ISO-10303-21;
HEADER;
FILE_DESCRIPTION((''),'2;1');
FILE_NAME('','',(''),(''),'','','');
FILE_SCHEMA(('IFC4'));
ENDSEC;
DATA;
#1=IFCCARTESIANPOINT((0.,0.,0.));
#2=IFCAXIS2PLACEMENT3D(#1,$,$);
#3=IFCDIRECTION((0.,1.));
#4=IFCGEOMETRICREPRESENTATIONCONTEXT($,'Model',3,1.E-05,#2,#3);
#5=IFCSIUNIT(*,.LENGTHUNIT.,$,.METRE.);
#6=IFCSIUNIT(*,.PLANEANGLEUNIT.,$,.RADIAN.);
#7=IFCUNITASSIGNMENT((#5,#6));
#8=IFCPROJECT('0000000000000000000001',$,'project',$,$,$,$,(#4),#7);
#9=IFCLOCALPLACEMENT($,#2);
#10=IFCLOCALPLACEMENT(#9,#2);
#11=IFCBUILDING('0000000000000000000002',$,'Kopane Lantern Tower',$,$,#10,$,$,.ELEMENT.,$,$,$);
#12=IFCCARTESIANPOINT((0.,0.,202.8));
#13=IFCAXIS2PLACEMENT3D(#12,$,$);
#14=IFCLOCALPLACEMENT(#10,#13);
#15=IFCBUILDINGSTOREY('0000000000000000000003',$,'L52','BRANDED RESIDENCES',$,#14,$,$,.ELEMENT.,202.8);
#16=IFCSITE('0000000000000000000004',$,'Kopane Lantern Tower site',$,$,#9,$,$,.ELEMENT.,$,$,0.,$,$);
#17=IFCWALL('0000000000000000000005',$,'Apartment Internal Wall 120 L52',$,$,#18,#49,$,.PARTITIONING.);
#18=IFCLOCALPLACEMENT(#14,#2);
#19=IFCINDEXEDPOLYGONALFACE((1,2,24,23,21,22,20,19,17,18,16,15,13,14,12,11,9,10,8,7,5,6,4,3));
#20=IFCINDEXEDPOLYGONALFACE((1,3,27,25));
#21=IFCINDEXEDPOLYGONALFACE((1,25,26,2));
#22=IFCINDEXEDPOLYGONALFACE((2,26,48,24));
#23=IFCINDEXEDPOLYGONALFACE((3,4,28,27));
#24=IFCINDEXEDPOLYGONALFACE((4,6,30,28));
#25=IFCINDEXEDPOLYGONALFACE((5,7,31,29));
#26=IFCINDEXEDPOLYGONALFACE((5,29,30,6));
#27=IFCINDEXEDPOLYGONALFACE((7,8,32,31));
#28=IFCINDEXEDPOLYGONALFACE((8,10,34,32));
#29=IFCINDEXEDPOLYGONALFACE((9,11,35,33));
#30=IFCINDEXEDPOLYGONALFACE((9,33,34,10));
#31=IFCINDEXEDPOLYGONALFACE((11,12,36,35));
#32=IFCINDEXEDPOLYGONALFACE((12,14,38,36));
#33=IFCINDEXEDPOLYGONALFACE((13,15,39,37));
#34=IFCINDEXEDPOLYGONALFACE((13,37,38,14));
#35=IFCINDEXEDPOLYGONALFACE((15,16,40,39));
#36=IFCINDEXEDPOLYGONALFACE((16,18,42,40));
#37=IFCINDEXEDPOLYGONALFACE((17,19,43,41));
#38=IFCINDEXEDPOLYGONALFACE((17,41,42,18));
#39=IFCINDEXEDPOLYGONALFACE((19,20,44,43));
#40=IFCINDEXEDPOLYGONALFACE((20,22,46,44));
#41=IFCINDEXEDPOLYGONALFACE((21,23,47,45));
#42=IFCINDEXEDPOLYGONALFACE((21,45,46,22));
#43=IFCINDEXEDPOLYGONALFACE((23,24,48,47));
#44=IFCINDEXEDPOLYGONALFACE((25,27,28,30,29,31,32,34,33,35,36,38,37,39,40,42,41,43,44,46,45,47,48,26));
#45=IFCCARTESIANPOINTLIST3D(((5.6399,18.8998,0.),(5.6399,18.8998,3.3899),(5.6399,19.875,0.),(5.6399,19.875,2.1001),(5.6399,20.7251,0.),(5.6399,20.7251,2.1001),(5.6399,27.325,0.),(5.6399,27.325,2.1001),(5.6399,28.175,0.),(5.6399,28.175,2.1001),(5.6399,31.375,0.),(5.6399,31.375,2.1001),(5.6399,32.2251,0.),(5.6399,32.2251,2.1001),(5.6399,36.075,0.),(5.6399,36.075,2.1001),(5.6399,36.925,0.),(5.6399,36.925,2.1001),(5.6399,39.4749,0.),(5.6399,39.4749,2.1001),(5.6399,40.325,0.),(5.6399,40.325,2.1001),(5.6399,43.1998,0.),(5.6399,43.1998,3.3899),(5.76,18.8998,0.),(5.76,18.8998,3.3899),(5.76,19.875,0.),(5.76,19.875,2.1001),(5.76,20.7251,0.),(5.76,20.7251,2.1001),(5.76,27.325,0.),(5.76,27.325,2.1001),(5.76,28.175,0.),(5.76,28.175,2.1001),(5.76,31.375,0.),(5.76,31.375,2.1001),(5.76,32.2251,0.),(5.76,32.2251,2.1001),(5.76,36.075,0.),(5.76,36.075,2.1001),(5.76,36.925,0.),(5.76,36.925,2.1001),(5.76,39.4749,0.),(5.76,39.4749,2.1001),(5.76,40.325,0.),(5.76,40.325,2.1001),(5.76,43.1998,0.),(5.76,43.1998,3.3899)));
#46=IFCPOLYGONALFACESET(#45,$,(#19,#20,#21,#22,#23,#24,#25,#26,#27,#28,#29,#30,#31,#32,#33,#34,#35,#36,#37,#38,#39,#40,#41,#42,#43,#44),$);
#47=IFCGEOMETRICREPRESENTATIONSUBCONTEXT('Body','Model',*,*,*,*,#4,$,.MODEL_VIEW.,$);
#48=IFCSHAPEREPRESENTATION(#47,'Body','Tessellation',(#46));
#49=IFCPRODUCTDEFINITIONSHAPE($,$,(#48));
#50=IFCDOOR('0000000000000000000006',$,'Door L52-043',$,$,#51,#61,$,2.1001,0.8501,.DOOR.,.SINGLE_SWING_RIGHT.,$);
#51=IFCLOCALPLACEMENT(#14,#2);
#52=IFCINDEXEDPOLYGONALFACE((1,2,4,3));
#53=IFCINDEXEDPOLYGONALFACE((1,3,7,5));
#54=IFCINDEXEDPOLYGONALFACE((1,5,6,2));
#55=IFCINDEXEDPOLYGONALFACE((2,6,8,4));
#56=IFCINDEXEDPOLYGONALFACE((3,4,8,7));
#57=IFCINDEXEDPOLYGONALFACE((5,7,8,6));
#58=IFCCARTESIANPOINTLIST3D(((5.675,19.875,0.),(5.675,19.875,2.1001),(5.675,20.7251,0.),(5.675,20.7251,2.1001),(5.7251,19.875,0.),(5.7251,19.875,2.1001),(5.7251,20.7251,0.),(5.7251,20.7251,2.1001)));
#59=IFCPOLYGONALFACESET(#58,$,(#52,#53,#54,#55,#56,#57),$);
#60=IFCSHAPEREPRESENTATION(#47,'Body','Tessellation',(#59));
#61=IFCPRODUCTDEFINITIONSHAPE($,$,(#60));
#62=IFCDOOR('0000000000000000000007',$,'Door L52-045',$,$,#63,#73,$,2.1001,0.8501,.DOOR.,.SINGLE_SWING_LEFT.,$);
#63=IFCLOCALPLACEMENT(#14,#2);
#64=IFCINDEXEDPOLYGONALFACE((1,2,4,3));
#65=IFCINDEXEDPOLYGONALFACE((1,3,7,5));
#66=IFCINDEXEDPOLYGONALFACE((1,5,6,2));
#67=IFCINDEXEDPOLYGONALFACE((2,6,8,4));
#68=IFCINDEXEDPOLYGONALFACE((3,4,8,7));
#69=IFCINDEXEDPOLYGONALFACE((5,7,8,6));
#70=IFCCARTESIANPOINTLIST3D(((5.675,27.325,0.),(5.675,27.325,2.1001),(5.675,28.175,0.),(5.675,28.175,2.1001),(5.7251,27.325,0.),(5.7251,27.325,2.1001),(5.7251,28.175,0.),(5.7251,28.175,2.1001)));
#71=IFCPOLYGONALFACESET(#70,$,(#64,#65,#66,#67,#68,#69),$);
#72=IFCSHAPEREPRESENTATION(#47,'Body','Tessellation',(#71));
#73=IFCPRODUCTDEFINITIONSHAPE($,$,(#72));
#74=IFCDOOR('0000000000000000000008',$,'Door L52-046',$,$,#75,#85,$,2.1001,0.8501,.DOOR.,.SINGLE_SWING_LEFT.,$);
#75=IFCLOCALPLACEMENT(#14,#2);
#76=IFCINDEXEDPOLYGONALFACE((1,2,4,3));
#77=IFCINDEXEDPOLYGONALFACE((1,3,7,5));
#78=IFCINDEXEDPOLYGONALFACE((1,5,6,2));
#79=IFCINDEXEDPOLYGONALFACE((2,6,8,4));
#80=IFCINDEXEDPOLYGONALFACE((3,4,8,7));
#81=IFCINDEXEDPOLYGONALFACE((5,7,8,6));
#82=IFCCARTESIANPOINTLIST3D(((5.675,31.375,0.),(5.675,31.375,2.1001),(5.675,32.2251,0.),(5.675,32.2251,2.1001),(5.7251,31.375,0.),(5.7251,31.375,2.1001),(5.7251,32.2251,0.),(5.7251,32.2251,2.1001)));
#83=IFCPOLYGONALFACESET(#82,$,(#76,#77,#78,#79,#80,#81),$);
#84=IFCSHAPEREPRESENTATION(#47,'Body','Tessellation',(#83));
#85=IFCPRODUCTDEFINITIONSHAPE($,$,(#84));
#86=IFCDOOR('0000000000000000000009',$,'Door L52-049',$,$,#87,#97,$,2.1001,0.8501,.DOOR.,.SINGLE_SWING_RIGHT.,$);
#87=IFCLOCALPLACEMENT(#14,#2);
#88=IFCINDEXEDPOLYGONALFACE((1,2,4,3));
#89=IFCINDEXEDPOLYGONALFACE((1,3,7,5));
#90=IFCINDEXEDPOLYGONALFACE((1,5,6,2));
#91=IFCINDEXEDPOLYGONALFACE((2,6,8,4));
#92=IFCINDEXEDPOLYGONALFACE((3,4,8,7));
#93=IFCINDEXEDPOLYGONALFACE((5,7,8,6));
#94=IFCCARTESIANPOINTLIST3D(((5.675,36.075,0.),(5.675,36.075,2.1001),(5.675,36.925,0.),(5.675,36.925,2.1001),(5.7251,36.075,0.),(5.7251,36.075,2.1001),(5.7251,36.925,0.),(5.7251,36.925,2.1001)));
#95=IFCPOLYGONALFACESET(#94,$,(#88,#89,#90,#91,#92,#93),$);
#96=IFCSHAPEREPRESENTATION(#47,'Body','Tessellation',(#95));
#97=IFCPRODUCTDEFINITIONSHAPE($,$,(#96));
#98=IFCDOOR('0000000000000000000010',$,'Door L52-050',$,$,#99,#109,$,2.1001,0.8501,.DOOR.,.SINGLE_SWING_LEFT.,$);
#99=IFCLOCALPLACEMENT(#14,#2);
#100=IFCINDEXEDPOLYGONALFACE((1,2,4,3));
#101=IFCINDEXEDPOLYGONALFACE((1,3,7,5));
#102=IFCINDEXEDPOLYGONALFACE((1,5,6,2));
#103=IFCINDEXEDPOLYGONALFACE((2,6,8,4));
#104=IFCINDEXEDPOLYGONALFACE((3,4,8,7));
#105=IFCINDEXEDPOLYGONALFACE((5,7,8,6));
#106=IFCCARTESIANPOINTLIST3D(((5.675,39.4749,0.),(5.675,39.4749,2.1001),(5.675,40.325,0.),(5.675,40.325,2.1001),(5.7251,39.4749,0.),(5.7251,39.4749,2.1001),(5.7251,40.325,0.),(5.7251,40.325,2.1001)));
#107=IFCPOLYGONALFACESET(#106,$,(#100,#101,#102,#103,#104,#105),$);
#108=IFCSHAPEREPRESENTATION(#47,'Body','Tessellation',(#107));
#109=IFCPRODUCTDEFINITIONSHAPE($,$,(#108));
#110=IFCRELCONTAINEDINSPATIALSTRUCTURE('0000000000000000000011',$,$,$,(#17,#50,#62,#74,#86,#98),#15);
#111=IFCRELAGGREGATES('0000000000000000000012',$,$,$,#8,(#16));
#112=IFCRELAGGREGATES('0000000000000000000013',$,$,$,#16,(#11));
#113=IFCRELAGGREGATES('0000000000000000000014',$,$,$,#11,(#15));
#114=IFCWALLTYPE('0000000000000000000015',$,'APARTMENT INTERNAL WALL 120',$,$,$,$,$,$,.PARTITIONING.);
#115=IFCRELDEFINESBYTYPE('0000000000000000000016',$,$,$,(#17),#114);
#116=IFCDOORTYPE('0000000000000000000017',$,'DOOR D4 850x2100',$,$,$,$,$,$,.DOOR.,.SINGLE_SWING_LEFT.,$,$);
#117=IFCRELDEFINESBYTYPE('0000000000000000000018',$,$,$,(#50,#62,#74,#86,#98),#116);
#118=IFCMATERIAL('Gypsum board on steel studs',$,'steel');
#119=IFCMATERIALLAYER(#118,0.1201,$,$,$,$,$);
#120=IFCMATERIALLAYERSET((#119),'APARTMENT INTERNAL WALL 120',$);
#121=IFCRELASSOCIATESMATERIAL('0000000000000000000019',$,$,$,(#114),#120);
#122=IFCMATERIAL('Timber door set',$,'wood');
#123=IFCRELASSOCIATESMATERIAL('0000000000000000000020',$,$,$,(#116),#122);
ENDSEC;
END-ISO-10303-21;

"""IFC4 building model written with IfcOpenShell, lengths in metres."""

from ifc_helpers import new_model, si_unit, direction, frame, frame_2d, origin, place, context, subcontext, project, spatial, rectangle, extrude, material, layer, layer_set, type_object, element, fill, save


model = new_model("IFC4")

# Units and contexts
model_context = context("Model", 3, precision=1e-05, world=origin(), true_north=direction((0.0, 1.0)))
body_context = subcontext(model_context, "Body", "Model", "MODEL_VIEW")
ifc_project = project(units=[si_unit("LENGTHUNIT", "METRE"), si_unit("PLANEANGLEUNIT", "RADIAN")], contexts=[model_context])

# Site, building, storey
site_placement = place(None, origin())
site = spatial("IfcSite", under=ifc_project, at=site_placement, Name="Kopane Lantern Tower site", CompositionType="ELEMENT", RefElevation=0.0)
building_placement = place(site_placement, origin())
building = spatial("IfcBuilding", under=site, at=building_placement, Name="Kopane Lantern Tower", CompositionType="ELEMENT")
storey_placement = place(building_placement, frame((0.0, 0.0, 202.8)))
storey = spatial("IfcBuildingStorey", under=building, at=storey_placement, Name="L52", Description="BRANDED RESIDENCES", CompositionType="ELEMENT", Elevation=202.8)

# Wall, openings, doors
ifc_material_1 = material(Name="Gypsum board on steel studs", Category="steel")
ifc_layer_1 = layer(ifc_material_1, 0.1201)
ifc_layer_set_1 = layer_set([ifc_layer_1], Name="APARTMENT INTERNAL WALL 120")
wall_type_1 = type_object("IfcWallType", Name="APARTMENT INTERNAL WALL 120", PredefinedType="PARTITIONING", material=ifc_layer_set_1)
wall_1_placement = place(storey_placement, frame((5.7, 18.8999, 0.0), z_axis=(0.0, 0.0, 1.0), x_axis=(0.0, 1.0, 0.0)))
wall_1 = element("IfcWall", 1, at=wall_1_placement, inside=storey, type_object=wall_type_1, Name="Apartment Internal Wall 120 L52", PredefinedType="PARTITIONING", context=body_context, shape_type="SweptSolid", body=[
    extrude(rectangle(XDim=24.3, YDim=0.1201, at=frame_2d((12.1499, 0.0))), origin(), (0.0, 0.0, 1.0), 3.3899),
])
opening_1_placement = place(wall_1_placement, frame((0.9751, 0.0, 0.0)))
opening_1 = element("IfcOpeningElement", 2, at=opening_1_placement, cuts=wall_1, PredefinedType="OPENING", context=body_context, shape_type="SweptSolid", body=[
    extrude(rectangle(XDim=0.8501, YDim=2.1001, at=frame_2d((0.425, 1.05))), frame((0.0, 0.0701, 0.0), z_axis=(0.0, -1.0, 0.0), x_axis=(1.0, 0.0, 0.0)), (0.0, 0.0, 1.0), 0.1401),
])
opening_2_placement = place(wall_1_placement, frame((8.425, 0.0, 0.0)))
opening_2 = element("IfcOpeningElement", 3, at=opening_2_placement, cuts=wall_1, PredefinedType="OPENING", context=body_context, shape_type="SweptSolid", body=[
    extrude(rectangle(XDim=0.8501, YDim=2.1001, at=frame_2d((0.425, 1.05))), frame((0.0, 0.0701, 0.0), z_axis=(0.0, -1.0, 0.0), x_axis=(1.0, 0.0, 0.0)), (0.0, 0.0, 1.0), 0.1401),
])
opening_3_placement = place(wall_1_placement, frame((12.4751, 0.0, 0.0)))
opening_3 = element("IfcOpeningElement", 4, at=opening_3_placement, cuts=wall_1, PredefinedType="OPENING", context=body_context, shape_type="SweptSolid", body=[
    extrude(rectangle(XDim=0.8501, YDim=2.1001, at=frame_2d((0.425, 1.05))), frame((0.0, 0.0701, 0.0), z_axis=(0.0, -1.0, 0.0), x_axis=(1.0, 0.0, 0.0)), (0.0, 0.0, 1.0), 0.1401),
])
opening_4_placement = place(wall_1_placement, frame((17.175, 0.0, 0.0)))
opening_4 = element("IfcOpeningElement", 5, at=opening_4_placement, cuts=wall_1, PredefinedType="OPENING", context=body_context, shape_type="SweptSolid", body=[
    extrude(rectangle(XDim=0.8501, YDim=2.1001, at=frame_2d((0.425, 1.05))), frame((0.0, 0.0701, 0.0), z_axis=(0.0, -1.0, 0.0), x_axis=(1.0, 0.0, 0.0)), (0.0, 0.0, 1.0), 0.1401),
])
opening_5_placement = place(wall_1_placement, frame((20.575, 0.0, 0.0)))
opening_5 = element("IfcOpeningElement", 6, at=opening_5_placement, cuts=wall_1, PredefinedType="OPENING", context=body_context, shape_type="SweptSolid", body=[
    extrude(rectangle(XDim=0.8501, YDim=2.1001, at=frame_2d((0.425, 1.05))), frame((0.0, 0.0701, 0.0), z_axis=(0.0, -1.0, 0.0), x_axis=(1.0, 0.0, 0.0)), (0.0, 0.0, 1.0), 0.1401),
])
ifc_material_2 = material(Name="Timber door set", Category="wood")
door_type = type_object("IfcDoorType", Name="DOOR D4 850x2100", OperationType="SINGLE_SWING_LEFT", PredefinedType="DOOR", material=ifc_material_2)
door_1_placement = place(opening_1_placement, origin())
door_1 = element("IfcDoor", 7, at=door_1_placement, inside=storey, type_object=door_type, Name="Door L52-043", OperationType="SINGLE_SWING_RIGHT", OverallHeight=2.1001, OverallWidth=0.8501, PredefinedType="DOOR", context=body_context, shape_type="SweptSolid", body=[
    extrude(rectangle(XDim=0.8501, YDim=2.1001, at=frame_2d((0.425, 1.05))), frame((0.0, 0.0249, 0.0), z_axis=(0.0, -1.0, 0.0), x_axis=(1.0, 0.0, 0.0)), (0.0, 0.0, 1.0), 0.05),
])
fill(opening_1, door_1)
door_2_placement = place(opening_2_placement, origin())
door_2 = element("IfcDoor", 8, at=door_2_placement, inside=storey, type_object=door_type, Name="Door L52-045", OperationType="SINGLE_SWING_LEFT", OverallHeight=2.1001, OverallWidth=0.8501, PredefinedType="DOOR", context=body_context, shape_type="SweptSolid", body=[
    extrude(rectangle(XDim=0.8501, YDim=2.1001, at=frame_2d((0.425, 1.05))), frame((0.0, 0.0249, 0.0), z_axis=(0.0, -1.0, 0.0), x_axis=(1.0, 0.0, 0.0)), (0.0, 0.0, 1.0), 0.05),
])
fill(opening_2, door_2)
door_3_placement = place(opening_3_placement, origin())
door_3 = element("IfcDoor", 9, at=door_3_placement, inside=storey, type_object=door_type, Name="Door L52-046", OperationType="SINGLE_SWING_LEFT", OverallHeight=2.1001, OverallWidth=0.8501, PredefinedType="DOOR", context=body_context, shape_type="SweptSolid", body=[
    extrude(rectangle(XDim=0.8501, YDim=2.1001, at=frame_2d((0.425, 1.05))), frame((0.0, 0.0249, 0.0), z_axis=(0.0, -1.0, 0.0), x_axis=(1.0, 0.0, 0.0)), (0.0, 0.0, 1.0), 0.05),
])
fill(opening_3, door_3)
door_4_placement = place(opening_4_placement, origin())
door_4 = element("IfcDoor", 10, at=door_4_placement, inside=storey, type_object=door_type, Name="Door L52-049", OperationType="SINGLE_SWING_RIGHT", OverallHeight=2.1001, OverallWidth=0.8501, PredefinedType="DOOR", context=body_context, shape_type="SweptSolid", body=[
    extrude(rectangle(XDim=0.8501, YDim=2.1001, at=frame_2d((0.425, 1.05))), frame((0.0, 0.0249, 0.0), z_axis=(0.0, -1.0, 0.0), x_axis=(1.0, 0.0, 0.0)), (0.0, 0.0, 1.0), 0.05),
])
fill(opening_4, door_4)
door_5_placement = place(opening_5_placement, origin())
door_5 = element("IfcDoor", 11, at=door_5_placement, inside=storey, type_object=door_type, Name="Door L52-050", OperationType="SINGLE_SWING_LEFT", OverallHeight=2.1001, OverallWidth=0.8501, PredefinedType="DOOR", context=body_context, shape_type="SweptSolid", body=[
    extrude(rectangle(XDim=0.8501, YDim=2.1001, at=frame_2d((0.425, 1.05))), frame((0.0, 0.0249, 0.0), z_axis=(0.0, -1.0, 0.0), x_axis=(1.0, 0.0, 0.0)), (0.0, 0.0, 1.0), 0.05),
])
fill(opening_5, door_5)

save(model, "model.ifc")
